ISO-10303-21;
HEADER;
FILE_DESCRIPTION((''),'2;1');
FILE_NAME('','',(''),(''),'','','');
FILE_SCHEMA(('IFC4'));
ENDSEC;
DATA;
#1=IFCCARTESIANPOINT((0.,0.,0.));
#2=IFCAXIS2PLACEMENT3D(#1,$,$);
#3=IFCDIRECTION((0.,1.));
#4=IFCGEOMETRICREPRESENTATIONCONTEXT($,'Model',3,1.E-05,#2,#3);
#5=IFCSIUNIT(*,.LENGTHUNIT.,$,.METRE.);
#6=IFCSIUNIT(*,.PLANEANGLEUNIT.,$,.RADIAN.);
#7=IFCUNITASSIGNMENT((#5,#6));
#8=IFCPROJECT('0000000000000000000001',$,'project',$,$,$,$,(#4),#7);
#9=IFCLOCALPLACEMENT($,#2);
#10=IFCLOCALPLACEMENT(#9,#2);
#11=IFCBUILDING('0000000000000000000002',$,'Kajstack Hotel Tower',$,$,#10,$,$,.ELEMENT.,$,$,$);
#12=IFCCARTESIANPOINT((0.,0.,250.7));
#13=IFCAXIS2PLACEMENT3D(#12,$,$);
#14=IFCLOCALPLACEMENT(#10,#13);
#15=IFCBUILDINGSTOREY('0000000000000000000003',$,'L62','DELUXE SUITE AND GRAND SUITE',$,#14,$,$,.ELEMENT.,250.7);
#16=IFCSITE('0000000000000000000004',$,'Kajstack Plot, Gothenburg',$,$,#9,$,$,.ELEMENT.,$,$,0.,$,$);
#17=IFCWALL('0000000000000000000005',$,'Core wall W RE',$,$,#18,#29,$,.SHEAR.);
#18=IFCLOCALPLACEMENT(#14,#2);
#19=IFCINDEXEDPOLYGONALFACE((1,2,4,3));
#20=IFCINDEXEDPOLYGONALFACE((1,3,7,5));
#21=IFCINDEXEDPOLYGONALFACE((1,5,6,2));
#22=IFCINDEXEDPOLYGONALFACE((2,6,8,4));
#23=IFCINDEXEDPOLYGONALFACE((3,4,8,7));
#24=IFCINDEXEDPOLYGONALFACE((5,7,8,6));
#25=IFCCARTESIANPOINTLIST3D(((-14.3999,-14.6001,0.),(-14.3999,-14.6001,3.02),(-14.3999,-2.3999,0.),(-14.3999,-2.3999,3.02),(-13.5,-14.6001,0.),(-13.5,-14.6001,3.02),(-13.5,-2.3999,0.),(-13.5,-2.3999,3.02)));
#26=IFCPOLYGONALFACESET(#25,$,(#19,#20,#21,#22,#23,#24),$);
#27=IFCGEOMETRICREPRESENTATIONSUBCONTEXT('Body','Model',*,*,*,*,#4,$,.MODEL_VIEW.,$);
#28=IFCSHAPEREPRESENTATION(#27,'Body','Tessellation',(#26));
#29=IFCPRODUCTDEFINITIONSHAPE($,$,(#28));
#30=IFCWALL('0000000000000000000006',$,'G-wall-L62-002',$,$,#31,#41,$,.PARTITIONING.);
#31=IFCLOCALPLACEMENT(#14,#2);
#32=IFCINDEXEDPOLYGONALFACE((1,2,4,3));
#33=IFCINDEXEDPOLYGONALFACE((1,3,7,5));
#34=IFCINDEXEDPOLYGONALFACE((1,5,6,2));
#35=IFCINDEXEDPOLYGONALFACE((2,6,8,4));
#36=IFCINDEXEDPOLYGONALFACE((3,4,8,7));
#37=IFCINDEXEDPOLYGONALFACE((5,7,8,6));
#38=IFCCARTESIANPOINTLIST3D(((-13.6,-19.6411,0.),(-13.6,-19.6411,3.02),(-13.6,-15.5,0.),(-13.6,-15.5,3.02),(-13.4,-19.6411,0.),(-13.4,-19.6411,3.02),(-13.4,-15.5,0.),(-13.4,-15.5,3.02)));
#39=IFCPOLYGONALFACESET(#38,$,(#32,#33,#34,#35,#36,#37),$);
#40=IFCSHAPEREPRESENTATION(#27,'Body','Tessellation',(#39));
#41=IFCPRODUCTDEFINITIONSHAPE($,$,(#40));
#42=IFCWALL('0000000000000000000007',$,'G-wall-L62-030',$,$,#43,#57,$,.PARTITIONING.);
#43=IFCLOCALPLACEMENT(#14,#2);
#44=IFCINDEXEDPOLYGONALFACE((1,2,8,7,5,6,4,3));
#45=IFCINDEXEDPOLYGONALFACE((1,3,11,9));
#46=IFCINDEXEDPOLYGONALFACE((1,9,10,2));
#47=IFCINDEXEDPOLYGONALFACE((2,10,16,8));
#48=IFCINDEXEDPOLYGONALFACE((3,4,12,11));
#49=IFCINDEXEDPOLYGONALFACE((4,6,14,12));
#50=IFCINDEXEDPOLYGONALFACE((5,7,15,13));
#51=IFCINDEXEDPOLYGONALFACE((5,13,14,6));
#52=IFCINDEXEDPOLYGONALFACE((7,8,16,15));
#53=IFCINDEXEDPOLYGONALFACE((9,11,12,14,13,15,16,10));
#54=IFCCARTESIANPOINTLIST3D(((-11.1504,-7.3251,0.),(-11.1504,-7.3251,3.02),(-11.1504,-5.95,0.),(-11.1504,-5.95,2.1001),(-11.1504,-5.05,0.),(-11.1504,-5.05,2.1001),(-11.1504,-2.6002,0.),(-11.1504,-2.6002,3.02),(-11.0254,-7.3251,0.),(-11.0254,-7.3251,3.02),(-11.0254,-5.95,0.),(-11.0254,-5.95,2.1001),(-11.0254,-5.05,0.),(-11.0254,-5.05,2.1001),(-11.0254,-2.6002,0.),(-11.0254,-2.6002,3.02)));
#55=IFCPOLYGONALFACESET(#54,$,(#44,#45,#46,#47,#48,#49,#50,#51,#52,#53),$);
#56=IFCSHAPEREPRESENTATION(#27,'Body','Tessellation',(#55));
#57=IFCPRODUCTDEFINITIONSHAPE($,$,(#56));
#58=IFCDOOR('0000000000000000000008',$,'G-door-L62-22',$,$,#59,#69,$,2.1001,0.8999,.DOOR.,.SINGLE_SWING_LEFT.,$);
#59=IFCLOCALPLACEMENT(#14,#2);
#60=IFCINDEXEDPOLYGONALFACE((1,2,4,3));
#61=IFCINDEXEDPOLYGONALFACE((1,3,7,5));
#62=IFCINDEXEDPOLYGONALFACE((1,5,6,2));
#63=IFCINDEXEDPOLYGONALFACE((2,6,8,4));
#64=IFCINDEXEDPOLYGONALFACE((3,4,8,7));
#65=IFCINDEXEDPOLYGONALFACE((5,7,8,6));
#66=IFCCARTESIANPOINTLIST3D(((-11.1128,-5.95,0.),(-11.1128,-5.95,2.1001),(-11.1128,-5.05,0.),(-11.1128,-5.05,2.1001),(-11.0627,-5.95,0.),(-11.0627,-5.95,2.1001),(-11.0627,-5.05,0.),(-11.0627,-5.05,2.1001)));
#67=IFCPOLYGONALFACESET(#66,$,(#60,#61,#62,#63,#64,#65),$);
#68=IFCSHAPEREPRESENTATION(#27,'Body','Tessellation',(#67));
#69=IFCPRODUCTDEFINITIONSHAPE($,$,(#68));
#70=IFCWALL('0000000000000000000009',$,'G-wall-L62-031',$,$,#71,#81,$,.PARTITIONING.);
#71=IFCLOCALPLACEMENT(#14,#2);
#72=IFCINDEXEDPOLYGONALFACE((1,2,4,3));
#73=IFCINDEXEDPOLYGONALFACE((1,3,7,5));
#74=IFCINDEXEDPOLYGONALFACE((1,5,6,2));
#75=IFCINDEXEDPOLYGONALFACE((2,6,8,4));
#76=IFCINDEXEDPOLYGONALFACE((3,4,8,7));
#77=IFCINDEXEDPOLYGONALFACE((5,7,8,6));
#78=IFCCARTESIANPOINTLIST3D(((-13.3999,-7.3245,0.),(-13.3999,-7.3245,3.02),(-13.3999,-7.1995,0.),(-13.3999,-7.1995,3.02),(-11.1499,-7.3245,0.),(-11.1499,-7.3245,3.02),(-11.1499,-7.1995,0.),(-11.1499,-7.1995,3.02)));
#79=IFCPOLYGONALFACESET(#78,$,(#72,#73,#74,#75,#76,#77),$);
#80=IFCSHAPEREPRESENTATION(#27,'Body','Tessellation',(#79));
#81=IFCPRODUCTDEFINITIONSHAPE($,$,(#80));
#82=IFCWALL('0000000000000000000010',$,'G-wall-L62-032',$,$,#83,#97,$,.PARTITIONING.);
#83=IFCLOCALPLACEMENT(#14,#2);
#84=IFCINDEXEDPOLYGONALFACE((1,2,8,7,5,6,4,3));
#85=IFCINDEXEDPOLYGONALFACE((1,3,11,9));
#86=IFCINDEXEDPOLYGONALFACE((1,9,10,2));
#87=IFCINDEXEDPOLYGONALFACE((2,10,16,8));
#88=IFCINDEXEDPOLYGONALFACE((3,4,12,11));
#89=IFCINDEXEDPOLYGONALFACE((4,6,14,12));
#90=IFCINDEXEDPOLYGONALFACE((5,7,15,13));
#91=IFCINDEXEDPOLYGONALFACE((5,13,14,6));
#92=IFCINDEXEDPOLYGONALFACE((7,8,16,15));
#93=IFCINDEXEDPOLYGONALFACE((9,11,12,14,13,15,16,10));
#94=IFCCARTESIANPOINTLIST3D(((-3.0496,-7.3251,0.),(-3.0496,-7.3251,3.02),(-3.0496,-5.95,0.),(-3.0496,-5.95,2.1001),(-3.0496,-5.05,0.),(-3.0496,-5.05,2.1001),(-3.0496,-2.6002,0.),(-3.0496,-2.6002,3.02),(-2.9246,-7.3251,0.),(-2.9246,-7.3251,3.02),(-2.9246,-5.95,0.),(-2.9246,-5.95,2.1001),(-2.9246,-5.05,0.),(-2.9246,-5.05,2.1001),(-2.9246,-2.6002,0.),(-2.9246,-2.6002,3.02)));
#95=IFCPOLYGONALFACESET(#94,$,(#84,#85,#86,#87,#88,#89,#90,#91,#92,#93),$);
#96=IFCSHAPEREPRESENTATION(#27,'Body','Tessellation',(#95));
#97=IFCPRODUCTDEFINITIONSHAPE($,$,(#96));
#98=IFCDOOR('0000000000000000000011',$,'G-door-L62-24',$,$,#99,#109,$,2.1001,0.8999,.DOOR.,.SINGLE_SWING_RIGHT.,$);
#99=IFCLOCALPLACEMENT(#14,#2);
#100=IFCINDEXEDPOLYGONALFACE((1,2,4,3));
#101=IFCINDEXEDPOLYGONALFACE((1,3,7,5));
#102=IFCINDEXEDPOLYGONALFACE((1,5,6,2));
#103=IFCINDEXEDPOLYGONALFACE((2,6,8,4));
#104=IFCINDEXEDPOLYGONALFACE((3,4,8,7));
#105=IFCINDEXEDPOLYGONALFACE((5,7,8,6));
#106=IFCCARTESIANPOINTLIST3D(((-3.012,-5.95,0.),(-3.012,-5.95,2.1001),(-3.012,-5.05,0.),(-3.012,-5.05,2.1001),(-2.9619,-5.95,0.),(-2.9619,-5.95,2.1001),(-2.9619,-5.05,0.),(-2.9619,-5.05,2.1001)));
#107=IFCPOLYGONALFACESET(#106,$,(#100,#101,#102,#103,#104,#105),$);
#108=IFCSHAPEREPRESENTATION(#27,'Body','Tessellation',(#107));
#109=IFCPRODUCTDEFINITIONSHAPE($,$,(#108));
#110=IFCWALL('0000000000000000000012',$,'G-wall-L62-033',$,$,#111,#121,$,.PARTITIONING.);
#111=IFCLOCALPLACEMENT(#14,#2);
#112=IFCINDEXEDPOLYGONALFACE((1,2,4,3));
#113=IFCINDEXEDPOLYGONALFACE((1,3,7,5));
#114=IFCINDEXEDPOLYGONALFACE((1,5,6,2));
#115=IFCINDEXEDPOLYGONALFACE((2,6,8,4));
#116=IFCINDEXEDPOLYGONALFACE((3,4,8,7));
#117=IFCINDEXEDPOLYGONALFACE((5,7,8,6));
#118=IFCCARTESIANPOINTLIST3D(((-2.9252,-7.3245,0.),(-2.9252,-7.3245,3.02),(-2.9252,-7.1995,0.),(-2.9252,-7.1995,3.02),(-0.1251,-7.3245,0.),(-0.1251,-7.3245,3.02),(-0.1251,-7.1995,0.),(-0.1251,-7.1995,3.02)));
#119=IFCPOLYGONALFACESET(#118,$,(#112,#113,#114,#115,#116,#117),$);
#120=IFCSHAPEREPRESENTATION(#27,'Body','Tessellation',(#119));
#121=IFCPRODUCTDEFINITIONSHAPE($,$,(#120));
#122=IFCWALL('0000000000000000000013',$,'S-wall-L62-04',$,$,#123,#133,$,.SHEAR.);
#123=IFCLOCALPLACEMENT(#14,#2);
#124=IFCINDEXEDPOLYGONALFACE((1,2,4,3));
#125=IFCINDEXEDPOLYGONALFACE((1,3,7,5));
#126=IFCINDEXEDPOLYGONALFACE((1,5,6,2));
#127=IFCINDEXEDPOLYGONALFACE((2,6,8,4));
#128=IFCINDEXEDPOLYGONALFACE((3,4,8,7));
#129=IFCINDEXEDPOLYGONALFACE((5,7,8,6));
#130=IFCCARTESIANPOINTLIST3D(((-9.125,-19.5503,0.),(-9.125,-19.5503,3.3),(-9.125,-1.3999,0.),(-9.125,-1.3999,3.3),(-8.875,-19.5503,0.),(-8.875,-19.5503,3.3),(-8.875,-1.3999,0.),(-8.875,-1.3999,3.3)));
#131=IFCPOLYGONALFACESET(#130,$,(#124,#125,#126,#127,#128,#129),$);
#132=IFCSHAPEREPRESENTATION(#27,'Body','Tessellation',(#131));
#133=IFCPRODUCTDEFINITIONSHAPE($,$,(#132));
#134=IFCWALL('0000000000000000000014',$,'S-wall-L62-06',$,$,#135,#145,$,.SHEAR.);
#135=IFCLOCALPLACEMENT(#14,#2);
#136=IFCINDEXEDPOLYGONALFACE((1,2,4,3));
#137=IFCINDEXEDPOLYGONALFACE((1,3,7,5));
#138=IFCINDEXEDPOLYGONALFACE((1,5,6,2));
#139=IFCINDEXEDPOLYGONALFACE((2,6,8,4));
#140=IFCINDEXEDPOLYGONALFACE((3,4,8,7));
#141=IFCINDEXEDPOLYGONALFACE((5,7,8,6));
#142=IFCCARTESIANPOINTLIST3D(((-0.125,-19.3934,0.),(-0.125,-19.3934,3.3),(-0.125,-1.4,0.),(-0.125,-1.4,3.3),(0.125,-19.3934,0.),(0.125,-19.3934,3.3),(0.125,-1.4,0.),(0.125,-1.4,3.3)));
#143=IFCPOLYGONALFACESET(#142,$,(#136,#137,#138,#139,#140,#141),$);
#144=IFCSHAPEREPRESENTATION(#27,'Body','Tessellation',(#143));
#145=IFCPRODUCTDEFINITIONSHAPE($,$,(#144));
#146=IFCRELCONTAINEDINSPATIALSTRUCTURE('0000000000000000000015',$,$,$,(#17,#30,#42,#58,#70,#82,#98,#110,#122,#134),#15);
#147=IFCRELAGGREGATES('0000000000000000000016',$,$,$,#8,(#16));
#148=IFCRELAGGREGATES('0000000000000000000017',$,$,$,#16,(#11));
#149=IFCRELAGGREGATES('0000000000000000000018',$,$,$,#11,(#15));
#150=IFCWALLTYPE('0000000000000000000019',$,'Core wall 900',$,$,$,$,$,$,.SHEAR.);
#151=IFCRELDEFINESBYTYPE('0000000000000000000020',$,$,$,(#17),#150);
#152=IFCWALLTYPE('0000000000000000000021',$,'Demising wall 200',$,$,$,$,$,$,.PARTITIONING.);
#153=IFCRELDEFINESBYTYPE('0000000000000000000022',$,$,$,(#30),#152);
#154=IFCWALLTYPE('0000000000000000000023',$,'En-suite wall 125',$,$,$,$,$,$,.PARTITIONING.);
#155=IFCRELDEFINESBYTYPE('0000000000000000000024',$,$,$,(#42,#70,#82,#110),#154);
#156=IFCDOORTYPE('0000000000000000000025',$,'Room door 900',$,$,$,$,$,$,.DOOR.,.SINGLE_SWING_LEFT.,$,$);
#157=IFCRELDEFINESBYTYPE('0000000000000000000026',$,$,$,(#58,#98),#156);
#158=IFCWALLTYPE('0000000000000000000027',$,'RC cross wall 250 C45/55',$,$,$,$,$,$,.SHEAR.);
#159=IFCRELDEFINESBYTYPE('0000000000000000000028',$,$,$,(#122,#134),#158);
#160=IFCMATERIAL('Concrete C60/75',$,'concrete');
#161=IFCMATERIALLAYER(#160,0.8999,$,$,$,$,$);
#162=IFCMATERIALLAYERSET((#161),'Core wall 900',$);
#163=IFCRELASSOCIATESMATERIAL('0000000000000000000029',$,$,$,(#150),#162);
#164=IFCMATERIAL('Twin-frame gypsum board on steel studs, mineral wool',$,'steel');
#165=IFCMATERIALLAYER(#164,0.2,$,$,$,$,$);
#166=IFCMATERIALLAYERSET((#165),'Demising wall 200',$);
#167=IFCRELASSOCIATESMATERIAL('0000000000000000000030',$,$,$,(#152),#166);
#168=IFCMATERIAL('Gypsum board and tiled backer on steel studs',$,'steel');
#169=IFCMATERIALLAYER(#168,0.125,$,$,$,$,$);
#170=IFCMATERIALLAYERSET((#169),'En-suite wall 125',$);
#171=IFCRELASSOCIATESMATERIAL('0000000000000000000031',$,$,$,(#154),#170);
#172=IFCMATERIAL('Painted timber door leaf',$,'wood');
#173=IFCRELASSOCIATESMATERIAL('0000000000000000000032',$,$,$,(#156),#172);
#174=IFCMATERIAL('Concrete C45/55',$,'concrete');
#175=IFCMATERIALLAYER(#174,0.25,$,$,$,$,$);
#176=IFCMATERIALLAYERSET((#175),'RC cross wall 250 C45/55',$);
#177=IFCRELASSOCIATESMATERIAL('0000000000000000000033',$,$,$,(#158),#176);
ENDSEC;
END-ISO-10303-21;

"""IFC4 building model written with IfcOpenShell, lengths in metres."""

from ifc_helpers import new_model, si_unit, direction, frame, frame_2d, origin, place, context, subcontext, project, spatial, rectangle, extrude, material, layer, layer_set, type_object, element, fill, save


model = new_model("IFC4")

# Units and contexts
model_context = context("Model", 3, precision=1e-05, world=origin(), true_north=direction((0.0, 1.0)))
body_context = subcontext(model_context, "Body", "Model", "MODEL_VIEW")
ifc_project = project(units=[si_unit("LENGTHUNIT", "METRE"), si_unit("PLANEANGLEUNIT", "RADIAN")], contexts=[model_context])

# Site, building, storey
site_placement = place(None, origin())
site = spatial("IfcSite", under=ifc_project, at=site_placement, Name="Kajstack Plot, Gothenburg", CompositionType="ELEMENT", RefElevation=0.0)
building_placement = place(site_placement, origin())
building = spatial("IfcBuilding", under=site, at=building_placement, Name="Kajstack Hotel Tower", CompositionType="ELEMENT")
storey_placement = place(building_placement, frame((0.0, 0.0, 250.7)))
storey = spatial("IfcBuildingStorey", under=building, at=storey_placement, Name="L62", Description="DELUXE SUITE AND GRAND SUITE", CompositionType="ELEMENT", Elevation=250.7)

# Walls
ifc_material_1 = material(Name="Concrete C60/75", Category="concrete")
ifc_layer_1 = layer(ifc_material_1, 0.8999)
ifc_layer_set_1 = layer_set([ifc_layer_1], Name="Core wall 900")
wall_type_1 = type_object("IfcWallType", Name="Core wall 900", PredefinedType="SHEAR", material=ifc_layer_set_1)
wall_1_placement = place(storey_placement, frame((-13.95, -14.6001, 0.0), z_axis=(0.0, 0.0, 1.0), x_axis=(0.0, 1.0, 0.0)))
element("IfcWall", 1, at=wall_1_placement, inside=storey, type_object=wall_type_1, Name="Core wall W RE", PredefinedType="SHEAR", context=body_context, shape_type="SweptSolid", body=[
    extrude(rectangle(XDim=12.2002, YDim=0.8999, at=frame_2d((6.1001, 0.0))), origin(), (0.0, 0.0, 1.0), 3.02),
])
ifc_material_2 = material(Name="Twin-frame gypsum board on steel studs, mineral wool", Category="steel")
ifc_layer_2 = layer(ifc_material_2, 0.2)
ifc_layer_set_2 = layer_set([ifc_layer_2], Name="Demising wall 200")
wall_type_2 = type_object("IfcWallType", Name="Demising wall 200", PredefinedType="PARTITIONING", material=ifc_layer_set_2)
wall_2_placement = place(storey_placement, frame((-13.5, -19.6411, 0.0), z_axis=(0.0, 0.0, 1.0), x_axis=(0.0, 1.0, 0.0)))
element("IfcWall", 2, at=wall_2_placement, inside=storey, type_object=wall_type_2, Name="G-wall-L62-002", PredefinedType="PARTITIONING", context=body_context, shape_type="SweptSolid", body=[
    extrude(rectangle(XDim=4.1411, YDim=0.2, at=frame_2d((2.0706, 0.0))), origin(), (0.0, 0.0, 1.0), 3.02),
])

# Wall, opening, door
ifc_material_3 = material(Name="Gypsum board and tiled backer on steel studs", Category="steel")
ifc_layer_3 = layer(ifc_material_3, 0.125)
ifc_layer_set_3 = layer_set([ifc_layer_3], Name="En-suite wall 125")
wall_type_3 = type_object("IfcWallType", Name="En-suite wall 125", PredefinedType="PARTITIONING", material=ifc_layer_set_3)
wall_3_placement = place(storey_placement, frame((-11.0879, -7.325, 0.0), z_axis=(0.0, 0.0, 1.0), x_axis=(0.0, 1.0, 0.0)))
wall_3 = element("IfcWall", 3, at=wall_3_placement, inside=storey, type_object=wall_type_3, Name="G-wall-L62-030", PredefinedType="PARTITIONING", context=body_context, shape_type="SweptSolid", body=[
    extrude(rectangle(XDim=4.7249, YDim=0.125, at=frame_2d((2.3623, 0.0))), origin(), (0.0, 0.0, 1.0), 3.02),
])
opening_1_placement = place(wall_3_placement, frame((1.375, 0.0, 0.0)))
opening_1 = element("IfcOpeningElement", 4, at=opening_1_placement, cuts=wall_3, PredefinedType="OPENING", context=body_context, shape_type="SweptSolid", body=[
    extrude(rectangle(XDim=0.8999, YDim=2.1001, at=frame_2d((0.45, 1.05))), frame((0.0, 0.0725, 0.0), z_axis=(0.0, -1.0, 0.0), x_axis=(1.0, 0.0, 0.0)), (0.0, 0.0, 1.0), 0.145),
])
ifc_material_4 = material(Name="Painted timber door leaf", Category="wood")
door_type = type_object("IfcDoorType", Name="Room door 900", OperationType="SINGLE_SWING_LEFT", PredefinedType="DOOR", material=ifc_material_4)
door_1_placement = place(opening_1_placement, origin())
door_1 = element("IfcDoor", 5, at=door_1_placement, inside=storey, type_object=door_type, Name="G-door-L62-22", OperationType="SINGLE_SWING_LEFT", OverallHeight=2.1001, OverallWidth=0.8999, PredefinedType="DOOR", context=body_context, shape_type="SweptSolid", body=[
    extrude(rectangle(XDim=0.8999, YDim=2.1001, at=frame_2d((0.45, 1.05))), frame((0.0, 0.0249, 0.0), z_axis=(0.0, -1.0, 0.0), x_axis=(1.0, 0.0, 0.0)), (0.0, 0.0, 1.0), 0.05),
])
fill(opening_1, door_1)

# Wall
wall_4_placement = place(storey_placement, frame((-13.3999, -7.262, 0.0), z_axis=(0.0, 0.0, 1.0), x_axis=(1.0, 0.0, 0.0)))
element("IfcWall", 6, at=wall_4_placement, inside=storey, type_object=wall_type_3, Name="G-wall-L62-031", PredefinedType="PARTITIONING", context=body_context, shape_type="SweptSolid", body=[
    extrude(rectangle(XDim=2.25, YDim=0.125, at=frame_2d((1.125, 0.0))), origin(), (0.0, 0.0, 1.0), 3.02),
])

# Wall, opening, door
wall_5_placement = place(storey_placement, frame((-2.9871, -7.325, 0.0), z_axis=(0.0, 0.0, 1.0), x_axis=(0.0, 1.0, 0.0)))
wall_5 = element("IfcWall", 7, at=wall_5_placement, inside=storey, type_object=wall_type_3, Name="G-wall-L62-032", PredefinedType="PARTITIONING", context=body_context, shape_type="SweptSolid", body=[
    extrude(rectangle(XDim=4.7249, YDim=0.125, at=frame_2d((2.3623, 0.0))), origin(), (0.0, 0.0, 1.0), 3.02),
])
opening_2_placement = place(wall_5_placement, frame((1.375, 0.0, 0.0)))
opening_2 = element("IfcOpeningElement", 8, at=opening_2_placement, cuts=wall_5, PredefinedType="OPENING", context=body_context, shape_type="SweptSolid", body=[
    extrude(rectangle(XDim=0.8999, YDim=2.1001, at=frame_2d((0.45, 1.05))), frame((0.0, 0.0725, 0.0), z_axis=(0.0, -1.0, 0.0), x_axis=(1.0, 0.0, 0.0)), (0.0, 0.0, 1.0), 0.145),
])
door_2_placement = place(opening_2_placement, origin())
door_2 = element("IfcDoor", 9, at=door_2_placement, inside=storey, type_object=door_type, Name="G-door-L62-24", OperationType="SINGLE_SWING_RIGHT", OverallHeight=2.1001, OverallWidth=0.8999, PredefinedType="DOOR", context=body_context, shape_type="SweptSolid", body=[
    extrude(rectangle(XDim=0.8999, YDim=2.1001, at=frame_2d((0.45, 1.05))), frame((0.0, 0.0249, 0.0), z_axis=(0.0, -1.0, 0.0), x_axis=(1.0, 0.0, 0.0)), (0.0, 0.0, 1.0), 0.05),
])
fill(opening_2, door_2)

# Walls
wall_6_placement = place(storey_placement, frame((-2.925, -7.262, 0.0), z_axis=(0.0, 0.0, 1.0), x_axis=(1.0, 0.0, 0.0)))
element("IfcWall", 10, at=wall_6_placement, inside=storey, type_object=wall_type_3, Name="G-wall-L62-033", PredefinedType="PARTITIONING", context=body_context, shape_type="SweptSolid", body=[
    extrude(rectangle(XDim=2.8, YDim=0.125, at=frame_2d((1.3999, 0.0))), origin(), (0.0, 0.0, 1.0), 3.02),
])
ifc_material_5 = material(Name="Concrete C45/55", Category="concrete")
ifc_layer_4 = layer(ifc_material_5, 0.25)
ifc_layer_set_4 = layer_set([ifc_layer_4], Name="RC cross wall 250 C45/55")
wall_type_4 = type_object("IfcWallType", Name="RC cross wall 250 C45/55", PredefinedType="SHEAR", material=ifc_layer_set_4)
wall_7_placement = place(storey_placement, frame((-9.0, -19.5503, 0.0), z_axis=(0.0, 0.0, 1.0), x_axis=(0.0, 1.0, 0.0)))
element("IfcWall", 11, at=wall_7_placement, inside=storey, type_object=wall_type_4, Name="S-wall-L62-04", PredefinedType="SHEAR", context=body_context, shape_type="SweptSolid", body=[
    extrude(rectangle(XDim=18.1504, YDim=0.25, at=frame_2d((9.0752, 0.0))), origin(), (0.0, 0.0, 1.0), 3.3),
])
wall_8_placement = place(storey_placement, frame((0.0, -19.3933, 0.0), z_axis=(0.0, 0.0, 1.0), x_axis=(0.0, 1.0, 0.0)))
element("IfcWall", 12, at=wall_8_placement, inside=storey, type_object=wall_type_4, Name="S-wall-L62-06", PredefinedType="SHEAR", context=body_context, shape_type="SweptSolid", body=[
    extrude(rectangle(XDim=17.9934, YDim=0.25, at=frame_2d((8.9966, 0.0))), origin(), (0.0, 0.0, 1.0), 3.3),
])

save(model, "model.ifc")
